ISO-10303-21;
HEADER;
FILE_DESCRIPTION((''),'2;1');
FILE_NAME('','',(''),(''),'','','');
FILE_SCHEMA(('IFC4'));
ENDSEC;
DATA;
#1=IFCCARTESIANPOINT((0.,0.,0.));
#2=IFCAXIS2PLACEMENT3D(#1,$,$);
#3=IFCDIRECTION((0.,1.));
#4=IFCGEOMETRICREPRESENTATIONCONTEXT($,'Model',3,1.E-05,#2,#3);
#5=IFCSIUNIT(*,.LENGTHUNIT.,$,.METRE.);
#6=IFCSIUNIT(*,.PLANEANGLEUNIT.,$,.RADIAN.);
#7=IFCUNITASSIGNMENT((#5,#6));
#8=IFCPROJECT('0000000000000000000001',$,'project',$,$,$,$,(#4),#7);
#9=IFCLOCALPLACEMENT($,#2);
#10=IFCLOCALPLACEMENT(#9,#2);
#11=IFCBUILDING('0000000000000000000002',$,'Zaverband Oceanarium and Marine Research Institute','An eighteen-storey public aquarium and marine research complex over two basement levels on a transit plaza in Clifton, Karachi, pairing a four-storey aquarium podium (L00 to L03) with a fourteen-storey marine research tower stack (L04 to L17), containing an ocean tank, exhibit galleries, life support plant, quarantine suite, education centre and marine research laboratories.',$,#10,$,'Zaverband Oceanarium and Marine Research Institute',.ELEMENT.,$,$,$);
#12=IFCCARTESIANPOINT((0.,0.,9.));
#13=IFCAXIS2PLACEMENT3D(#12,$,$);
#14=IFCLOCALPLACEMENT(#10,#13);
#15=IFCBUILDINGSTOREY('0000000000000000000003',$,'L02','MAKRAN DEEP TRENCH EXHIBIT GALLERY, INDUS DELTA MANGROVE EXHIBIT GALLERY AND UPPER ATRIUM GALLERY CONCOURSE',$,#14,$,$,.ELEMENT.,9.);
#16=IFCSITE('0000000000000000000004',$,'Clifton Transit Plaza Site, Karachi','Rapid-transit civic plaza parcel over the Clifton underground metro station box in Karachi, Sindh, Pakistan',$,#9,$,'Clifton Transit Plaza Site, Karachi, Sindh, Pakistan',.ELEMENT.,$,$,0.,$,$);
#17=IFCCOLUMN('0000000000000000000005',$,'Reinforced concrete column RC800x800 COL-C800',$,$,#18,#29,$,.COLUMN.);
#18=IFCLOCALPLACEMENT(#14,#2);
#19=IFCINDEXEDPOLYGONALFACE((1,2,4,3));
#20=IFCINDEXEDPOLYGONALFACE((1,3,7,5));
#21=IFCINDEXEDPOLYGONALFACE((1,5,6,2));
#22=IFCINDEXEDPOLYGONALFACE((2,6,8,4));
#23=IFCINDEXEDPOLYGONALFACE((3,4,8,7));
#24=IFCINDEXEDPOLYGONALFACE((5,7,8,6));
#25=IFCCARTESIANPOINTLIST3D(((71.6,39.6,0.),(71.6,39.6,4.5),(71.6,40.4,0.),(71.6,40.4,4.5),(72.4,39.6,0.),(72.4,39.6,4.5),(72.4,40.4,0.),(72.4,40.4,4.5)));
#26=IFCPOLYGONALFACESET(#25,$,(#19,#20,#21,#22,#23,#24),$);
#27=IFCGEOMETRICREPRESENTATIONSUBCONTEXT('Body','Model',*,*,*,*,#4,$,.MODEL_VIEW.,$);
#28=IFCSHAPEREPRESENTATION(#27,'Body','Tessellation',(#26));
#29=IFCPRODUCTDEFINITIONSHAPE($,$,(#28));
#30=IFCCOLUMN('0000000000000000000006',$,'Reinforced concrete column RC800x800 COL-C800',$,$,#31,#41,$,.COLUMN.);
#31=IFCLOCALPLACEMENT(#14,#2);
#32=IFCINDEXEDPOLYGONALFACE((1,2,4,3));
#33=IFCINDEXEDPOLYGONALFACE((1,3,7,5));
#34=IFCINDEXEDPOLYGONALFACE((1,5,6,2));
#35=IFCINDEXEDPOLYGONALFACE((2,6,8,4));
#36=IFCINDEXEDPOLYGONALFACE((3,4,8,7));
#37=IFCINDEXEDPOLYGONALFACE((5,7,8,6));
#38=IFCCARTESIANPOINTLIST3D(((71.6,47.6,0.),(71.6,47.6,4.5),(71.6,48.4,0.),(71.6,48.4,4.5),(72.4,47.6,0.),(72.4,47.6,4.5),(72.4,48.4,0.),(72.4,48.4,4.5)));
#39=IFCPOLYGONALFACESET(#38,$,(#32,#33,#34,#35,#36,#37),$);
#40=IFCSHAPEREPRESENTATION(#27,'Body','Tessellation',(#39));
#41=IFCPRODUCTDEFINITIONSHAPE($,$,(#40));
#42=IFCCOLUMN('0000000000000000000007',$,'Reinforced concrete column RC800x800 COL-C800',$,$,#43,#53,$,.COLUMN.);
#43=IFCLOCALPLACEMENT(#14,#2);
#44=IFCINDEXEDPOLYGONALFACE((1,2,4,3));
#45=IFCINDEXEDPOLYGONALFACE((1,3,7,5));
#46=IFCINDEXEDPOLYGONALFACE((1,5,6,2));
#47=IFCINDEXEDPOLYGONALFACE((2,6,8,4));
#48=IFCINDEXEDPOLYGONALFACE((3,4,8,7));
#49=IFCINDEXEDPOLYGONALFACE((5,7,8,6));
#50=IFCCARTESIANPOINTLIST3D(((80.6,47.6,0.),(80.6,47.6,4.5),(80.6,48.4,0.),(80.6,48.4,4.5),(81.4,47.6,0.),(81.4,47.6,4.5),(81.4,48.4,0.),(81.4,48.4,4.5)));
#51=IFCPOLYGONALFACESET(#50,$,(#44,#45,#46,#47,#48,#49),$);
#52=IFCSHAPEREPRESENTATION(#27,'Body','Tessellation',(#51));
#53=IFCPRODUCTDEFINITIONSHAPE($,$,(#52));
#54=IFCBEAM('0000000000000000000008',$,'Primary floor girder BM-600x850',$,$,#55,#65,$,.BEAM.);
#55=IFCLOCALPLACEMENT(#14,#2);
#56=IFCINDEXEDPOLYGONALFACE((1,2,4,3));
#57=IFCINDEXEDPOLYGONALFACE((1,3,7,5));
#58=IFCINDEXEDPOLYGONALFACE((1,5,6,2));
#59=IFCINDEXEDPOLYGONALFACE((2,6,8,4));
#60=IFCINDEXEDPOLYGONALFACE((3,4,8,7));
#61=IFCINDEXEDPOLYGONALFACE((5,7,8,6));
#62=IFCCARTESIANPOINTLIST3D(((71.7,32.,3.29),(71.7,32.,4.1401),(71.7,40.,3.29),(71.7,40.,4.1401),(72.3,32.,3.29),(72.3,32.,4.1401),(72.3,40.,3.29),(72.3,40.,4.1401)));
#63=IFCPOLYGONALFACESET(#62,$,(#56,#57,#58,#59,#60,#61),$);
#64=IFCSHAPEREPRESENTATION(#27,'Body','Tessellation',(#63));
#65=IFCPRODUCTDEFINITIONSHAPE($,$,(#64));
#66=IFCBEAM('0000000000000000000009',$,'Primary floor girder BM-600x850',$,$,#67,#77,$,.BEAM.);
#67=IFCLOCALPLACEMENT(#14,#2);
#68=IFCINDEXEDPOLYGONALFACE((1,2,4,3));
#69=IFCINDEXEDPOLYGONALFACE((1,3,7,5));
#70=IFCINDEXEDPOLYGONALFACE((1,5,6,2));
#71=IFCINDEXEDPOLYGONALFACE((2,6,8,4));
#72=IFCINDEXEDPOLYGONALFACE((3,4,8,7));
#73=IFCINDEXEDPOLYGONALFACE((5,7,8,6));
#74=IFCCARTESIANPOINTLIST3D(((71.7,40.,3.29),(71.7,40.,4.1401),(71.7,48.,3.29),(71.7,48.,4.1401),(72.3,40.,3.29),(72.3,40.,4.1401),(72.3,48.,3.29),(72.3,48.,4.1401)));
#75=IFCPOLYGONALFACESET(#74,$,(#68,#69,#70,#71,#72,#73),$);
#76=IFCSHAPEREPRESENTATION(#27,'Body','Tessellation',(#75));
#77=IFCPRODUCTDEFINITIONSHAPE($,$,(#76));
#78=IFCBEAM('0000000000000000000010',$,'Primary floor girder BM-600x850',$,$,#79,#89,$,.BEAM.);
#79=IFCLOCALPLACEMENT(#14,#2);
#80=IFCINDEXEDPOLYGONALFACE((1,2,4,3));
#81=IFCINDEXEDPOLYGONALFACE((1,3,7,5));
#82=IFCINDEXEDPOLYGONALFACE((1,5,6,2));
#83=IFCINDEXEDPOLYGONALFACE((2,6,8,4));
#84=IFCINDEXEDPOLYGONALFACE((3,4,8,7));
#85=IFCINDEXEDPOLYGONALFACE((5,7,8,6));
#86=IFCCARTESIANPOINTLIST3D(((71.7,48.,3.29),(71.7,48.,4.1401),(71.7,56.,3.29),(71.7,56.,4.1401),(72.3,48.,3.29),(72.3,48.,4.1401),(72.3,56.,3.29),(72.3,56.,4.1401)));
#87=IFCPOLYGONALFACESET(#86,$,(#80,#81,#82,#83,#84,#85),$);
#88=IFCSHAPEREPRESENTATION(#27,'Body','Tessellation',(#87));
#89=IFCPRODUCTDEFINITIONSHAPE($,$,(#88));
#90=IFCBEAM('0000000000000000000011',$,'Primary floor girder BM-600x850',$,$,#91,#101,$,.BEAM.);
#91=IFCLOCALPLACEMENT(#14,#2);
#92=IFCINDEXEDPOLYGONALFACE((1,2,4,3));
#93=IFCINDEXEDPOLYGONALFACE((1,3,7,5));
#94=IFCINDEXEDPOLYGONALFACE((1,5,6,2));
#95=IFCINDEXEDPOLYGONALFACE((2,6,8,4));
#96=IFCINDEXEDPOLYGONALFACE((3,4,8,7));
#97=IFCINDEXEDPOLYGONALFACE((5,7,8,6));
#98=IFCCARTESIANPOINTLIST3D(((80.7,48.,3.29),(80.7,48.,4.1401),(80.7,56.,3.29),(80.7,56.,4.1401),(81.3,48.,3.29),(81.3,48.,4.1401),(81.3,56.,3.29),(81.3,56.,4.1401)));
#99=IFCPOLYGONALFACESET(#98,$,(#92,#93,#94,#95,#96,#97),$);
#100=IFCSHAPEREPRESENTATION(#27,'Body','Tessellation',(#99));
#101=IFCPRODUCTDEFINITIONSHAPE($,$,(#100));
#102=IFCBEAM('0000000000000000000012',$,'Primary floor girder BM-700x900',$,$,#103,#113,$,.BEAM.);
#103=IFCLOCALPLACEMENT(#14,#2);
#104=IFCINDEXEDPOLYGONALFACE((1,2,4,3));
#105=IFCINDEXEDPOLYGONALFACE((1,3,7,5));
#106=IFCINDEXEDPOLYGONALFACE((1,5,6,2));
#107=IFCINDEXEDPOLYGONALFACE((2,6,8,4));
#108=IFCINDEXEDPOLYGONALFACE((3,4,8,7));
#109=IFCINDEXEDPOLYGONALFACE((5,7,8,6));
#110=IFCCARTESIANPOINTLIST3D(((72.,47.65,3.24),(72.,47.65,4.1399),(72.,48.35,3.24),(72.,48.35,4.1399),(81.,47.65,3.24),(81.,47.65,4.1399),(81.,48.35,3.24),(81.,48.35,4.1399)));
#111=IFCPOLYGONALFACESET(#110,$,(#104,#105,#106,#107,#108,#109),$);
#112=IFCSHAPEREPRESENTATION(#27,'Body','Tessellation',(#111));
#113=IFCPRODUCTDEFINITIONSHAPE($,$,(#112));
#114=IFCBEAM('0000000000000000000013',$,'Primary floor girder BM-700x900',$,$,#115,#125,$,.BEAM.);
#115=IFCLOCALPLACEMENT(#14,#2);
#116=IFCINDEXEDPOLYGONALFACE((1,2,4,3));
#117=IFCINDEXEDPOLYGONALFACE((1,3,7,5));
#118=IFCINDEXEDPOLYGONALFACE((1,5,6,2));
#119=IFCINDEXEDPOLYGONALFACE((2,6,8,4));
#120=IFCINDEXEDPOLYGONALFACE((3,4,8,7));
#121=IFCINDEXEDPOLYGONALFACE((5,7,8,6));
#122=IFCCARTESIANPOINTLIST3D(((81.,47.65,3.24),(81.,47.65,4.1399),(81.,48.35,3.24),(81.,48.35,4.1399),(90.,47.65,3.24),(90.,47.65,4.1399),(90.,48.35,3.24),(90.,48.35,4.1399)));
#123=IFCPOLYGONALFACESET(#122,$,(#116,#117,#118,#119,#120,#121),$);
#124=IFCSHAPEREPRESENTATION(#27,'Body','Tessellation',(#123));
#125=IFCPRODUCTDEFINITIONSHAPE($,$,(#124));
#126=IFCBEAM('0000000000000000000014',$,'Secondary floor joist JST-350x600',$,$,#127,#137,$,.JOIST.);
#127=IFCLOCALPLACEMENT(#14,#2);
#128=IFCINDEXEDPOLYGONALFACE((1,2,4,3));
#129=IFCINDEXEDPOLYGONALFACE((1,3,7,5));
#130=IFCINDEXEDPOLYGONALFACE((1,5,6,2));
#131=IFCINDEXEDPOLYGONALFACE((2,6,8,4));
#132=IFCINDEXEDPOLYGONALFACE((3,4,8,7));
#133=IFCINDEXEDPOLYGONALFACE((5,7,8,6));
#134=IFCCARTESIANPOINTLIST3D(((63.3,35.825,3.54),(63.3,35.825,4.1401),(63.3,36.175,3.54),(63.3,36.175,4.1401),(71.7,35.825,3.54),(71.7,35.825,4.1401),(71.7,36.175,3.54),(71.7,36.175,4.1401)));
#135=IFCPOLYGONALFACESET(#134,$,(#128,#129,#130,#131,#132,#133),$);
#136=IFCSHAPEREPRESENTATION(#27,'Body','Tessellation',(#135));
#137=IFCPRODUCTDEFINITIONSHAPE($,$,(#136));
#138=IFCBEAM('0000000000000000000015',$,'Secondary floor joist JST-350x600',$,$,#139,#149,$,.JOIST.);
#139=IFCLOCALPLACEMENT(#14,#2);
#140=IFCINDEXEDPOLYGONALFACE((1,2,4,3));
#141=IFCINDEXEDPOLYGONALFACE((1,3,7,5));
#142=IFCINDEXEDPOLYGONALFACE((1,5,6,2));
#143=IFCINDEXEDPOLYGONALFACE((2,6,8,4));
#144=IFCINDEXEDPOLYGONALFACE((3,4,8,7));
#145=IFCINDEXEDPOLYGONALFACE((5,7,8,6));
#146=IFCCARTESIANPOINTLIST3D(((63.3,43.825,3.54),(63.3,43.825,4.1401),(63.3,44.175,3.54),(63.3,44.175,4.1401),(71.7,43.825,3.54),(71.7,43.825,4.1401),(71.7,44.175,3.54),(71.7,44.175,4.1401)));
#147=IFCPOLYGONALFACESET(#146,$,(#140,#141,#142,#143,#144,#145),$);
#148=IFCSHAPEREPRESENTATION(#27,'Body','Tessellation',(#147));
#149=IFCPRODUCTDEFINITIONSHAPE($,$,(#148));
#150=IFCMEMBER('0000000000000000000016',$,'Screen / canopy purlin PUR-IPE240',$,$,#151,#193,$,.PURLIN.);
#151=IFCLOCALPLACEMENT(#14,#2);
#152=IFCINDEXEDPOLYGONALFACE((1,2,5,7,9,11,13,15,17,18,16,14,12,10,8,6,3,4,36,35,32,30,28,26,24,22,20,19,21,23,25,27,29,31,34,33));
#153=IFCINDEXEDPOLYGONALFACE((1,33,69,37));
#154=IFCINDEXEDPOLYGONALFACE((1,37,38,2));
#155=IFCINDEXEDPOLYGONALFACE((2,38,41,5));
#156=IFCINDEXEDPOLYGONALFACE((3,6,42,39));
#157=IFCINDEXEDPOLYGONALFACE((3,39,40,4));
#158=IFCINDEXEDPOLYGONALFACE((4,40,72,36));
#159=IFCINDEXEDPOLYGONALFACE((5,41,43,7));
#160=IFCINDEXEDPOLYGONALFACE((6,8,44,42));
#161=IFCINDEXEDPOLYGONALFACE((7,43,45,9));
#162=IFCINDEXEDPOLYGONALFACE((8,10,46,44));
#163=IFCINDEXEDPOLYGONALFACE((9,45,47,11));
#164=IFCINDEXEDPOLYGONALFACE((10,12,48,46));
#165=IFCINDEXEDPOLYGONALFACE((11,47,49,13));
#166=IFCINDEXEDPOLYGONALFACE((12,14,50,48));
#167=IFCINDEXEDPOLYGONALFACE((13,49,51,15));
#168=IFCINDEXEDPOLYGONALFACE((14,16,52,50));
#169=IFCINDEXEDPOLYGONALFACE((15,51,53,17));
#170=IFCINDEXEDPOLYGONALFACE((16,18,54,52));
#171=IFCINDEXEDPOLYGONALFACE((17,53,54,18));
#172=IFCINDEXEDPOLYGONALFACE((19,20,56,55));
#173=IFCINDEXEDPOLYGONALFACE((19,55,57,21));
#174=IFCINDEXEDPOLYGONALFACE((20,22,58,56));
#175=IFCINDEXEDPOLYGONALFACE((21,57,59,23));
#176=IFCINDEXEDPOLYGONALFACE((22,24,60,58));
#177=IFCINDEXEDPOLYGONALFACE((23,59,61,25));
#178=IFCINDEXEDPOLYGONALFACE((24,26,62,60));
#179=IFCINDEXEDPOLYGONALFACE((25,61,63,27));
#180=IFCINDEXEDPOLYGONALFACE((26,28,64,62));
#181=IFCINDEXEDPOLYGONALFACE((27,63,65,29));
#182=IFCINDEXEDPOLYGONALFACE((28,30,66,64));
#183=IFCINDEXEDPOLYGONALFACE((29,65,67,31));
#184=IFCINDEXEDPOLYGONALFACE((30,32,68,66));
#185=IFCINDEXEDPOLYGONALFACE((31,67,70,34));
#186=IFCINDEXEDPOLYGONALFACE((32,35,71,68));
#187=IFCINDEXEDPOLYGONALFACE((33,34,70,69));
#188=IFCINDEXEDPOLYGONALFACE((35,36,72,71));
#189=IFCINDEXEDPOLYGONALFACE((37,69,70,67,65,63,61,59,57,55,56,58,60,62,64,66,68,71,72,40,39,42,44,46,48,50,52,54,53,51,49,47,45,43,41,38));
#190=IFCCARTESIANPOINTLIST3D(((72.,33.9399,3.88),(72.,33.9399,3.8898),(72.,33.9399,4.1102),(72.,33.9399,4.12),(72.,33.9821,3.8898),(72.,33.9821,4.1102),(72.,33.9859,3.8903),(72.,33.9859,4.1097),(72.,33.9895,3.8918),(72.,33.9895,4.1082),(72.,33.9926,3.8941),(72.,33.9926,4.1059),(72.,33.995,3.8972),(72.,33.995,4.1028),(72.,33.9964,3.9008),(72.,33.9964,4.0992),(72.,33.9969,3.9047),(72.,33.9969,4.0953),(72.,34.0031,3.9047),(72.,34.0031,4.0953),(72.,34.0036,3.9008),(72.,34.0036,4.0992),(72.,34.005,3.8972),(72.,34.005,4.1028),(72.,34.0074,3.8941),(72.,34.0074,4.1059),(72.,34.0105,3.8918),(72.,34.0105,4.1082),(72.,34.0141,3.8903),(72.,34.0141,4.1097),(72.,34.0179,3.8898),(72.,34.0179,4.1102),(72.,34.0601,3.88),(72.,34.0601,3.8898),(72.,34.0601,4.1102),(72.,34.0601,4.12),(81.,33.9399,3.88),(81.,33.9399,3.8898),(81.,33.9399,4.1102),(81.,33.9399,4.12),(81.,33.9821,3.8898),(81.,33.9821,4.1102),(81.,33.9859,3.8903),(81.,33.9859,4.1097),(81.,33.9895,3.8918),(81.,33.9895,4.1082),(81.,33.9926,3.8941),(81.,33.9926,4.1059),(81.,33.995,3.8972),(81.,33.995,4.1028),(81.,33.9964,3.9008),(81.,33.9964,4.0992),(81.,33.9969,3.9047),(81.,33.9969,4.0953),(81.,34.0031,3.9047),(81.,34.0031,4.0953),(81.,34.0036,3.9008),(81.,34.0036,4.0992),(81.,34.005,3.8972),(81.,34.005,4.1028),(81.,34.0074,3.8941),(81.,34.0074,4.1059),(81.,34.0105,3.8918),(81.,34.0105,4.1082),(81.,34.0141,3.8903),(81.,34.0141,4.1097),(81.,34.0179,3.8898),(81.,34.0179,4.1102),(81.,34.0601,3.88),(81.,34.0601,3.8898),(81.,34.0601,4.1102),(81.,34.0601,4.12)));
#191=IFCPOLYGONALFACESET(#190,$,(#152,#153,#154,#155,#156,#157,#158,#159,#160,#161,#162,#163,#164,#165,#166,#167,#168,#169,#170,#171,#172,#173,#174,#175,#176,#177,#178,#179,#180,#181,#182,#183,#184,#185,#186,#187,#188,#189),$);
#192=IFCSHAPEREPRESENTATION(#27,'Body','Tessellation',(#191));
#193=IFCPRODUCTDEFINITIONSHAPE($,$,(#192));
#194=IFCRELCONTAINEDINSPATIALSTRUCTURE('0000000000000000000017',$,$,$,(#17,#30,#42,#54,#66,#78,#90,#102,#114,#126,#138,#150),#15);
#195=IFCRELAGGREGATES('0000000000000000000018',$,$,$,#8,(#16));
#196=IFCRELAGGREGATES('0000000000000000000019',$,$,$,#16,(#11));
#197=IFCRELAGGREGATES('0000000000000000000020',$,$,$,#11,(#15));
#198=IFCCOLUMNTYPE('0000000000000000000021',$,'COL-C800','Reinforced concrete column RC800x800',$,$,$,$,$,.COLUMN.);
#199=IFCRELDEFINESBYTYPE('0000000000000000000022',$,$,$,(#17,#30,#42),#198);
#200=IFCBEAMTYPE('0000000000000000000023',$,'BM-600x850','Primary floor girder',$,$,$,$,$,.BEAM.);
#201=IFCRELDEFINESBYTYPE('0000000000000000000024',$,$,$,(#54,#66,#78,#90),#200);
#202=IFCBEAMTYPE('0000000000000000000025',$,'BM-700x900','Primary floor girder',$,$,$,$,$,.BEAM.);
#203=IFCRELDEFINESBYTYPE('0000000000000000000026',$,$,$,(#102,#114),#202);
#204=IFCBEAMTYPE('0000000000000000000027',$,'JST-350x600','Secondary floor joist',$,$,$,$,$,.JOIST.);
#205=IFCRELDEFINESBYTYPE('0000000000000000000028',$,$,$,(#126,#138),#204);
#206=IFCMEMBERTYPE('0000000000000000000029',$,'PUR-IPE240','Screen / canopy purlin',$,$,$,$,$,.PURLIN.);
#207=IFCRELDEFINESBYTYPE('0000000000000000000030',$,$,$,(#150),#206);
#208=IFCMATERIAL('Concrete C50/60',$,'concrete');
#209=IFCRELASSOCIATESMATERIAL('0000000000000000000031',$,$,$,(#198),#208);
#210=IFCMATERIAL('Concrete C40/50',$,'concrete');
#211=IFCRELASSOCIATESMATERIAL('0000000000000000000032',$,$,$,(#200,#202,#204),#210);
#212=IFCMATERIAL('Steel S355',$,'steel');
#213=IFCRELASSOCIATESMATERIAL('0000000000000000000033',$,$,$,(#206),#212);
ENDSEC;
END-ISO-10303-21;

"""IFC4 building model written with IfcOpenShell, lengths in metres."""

from ifc_helpers import new_model, si_unit, direction, frame, origin, origin_2d, place, context, subcontext, project, spatial, rectangle, i_section, extrude, material, material_profile, profile_set, type_object, element, save


model = new_model("IFC4")

# Units and contexts
model_context = context("Model", 3, precision=1e-05, world=origin(), true_north=direction((0.0, 1.0)))
body_context = subcontext(model_context, "Body", "Model", "MODEL_VIEW")
ifc_project = project(units=[si_unit("LENGTHUNIT", "METRE"), si_unit("PLANEANGLEUNIT", "RADIAN")], contexts=[model_context])

# Site, building, storey
site_placement = place(None, origin())
site = spatial("IfcSite", under=ifc_project, at=site_placement, Name="Clifton Transit Plaza Site, Karachi", Description="Rapid-transit civic plaza parcel over the Clifton underground metro station box in Karachi, Sindh, Pakistan", LongName="Clifton Transit Plaza Site, Karachi, Sindh, Pakistan", CompositionType="ELEMENT", RefElevation=0.0)
building_placement = place(site_placement, origin())
building = spatial("IfcBuilding", under=site, at=building_placement, Name="Zaverband Oceanarium and Marine Research Institute", Description="An eighteen-storey public aquarium and marine research complex over two basement levels on a transit plaza in Clifton, Karachi, pairing a four-storey aquarium podium (L00 to L03) with a fourteen-storey marine research tower stack (L04 to L17), containing an ocean tank, exhibit galleries, life support plant, quarantine suite, education centre and marine research laboratories.", LongName="Zaverband Oceanarium and Marine Research Institute", CompositionType="ELEMENT")
storey_placement = place(building_placement, frame((0.0, 0.0, 9.0)))
storey = spatial("IfcBuildingStorey", under=building, at=storey_placement, Name="L02", Description="MAKRAN DEEP TRENCH EXHIBIT GALLERY, INDUS DELTA MANGROVE EXHIBIT GALLERY AND UPPER ATRIUM GALLERY CONCOURSE", CompositionType="ELEMENT", Elevation=9.0)

# Columns
ifc_material_1 = material(Name="Concrete C50/60", Category="concrete")
ifc_material_profile_1 = material_profile(ifc_material_1, rectangle(XDim=0.8, YDim=0.8, at=origin_2d()), Name="RC800x800")
ifc_profile_set_1 = profile_set([ifc_material_profile_1], Name="Concrete C50/60")
column_type = type_object("IfcColumnType", Name="COL-C800", Description="Reinforced concrete column RC800x800", PredefinedType="COLUMN", material=ifc_profile_set_1)
for number, where, z_axis, x_axis, name in (
    (1, (72.0, 40.0, 0.0), (0.0, 0.0, 1.0), (1.0, 0.0, 0.0), "Reinforced concrete column RC800x800 COL-C800"),
    (2, (72.0, 48.0, 0.0), (0.0, 0.0, 1.0), (1.0, 0.0, 0.0), "Reinforced concrete column RC800x800 COL-C800"),
    (3, (81.0, 48.0, 0.0), (0.0, 0.0, 1.0), (1.0, 0.0, 0.0), "Reinforced concrete column RC800x800 COL-C800"),
):
    element("IfcColumn", number, at=place(storey_placement, frame(where, z_axis=z_axis, x_axis=x_axis)), inside=storey, type_object=column_type, Name=name, PredefinedType="COLUMN", context=body_context, shape_type="SweptSolid", body=[
        extrude(rectangle(XDim=0.8, YDim=0.8, at=origin_2d()), origin(), (0.0, 0.0, 1.0), 4.5),
    ])

# Beams
ifc_material_2 = material(Name="Concrete C40/50", Category="concrete")
ifc_material_profile_2 = material_profile(ifc_material_2, rectangle(XDim=0.6001, YDim=0.8501, at=origin_2d()), Name="RC600x850")
ifc_profile_set_2 = profile_set([ifc_material_profile_2], Name="Concrete C40/50")
beam_type_1 = type_object("IfcBeamType", Name="BM-600x850", Description="Primary floor girder", PredefinedType="BEAM", material=ifc_profile_set_2)
for number, where, z_axis, x_axis, name in (
    (4, (72.0, 32.0, 3.7151), (0.0, 1.0, 0.0), (-1.0, 0.0, 0.0), "Primary floor girder BM-600x850"),
    (5, (72.0, 40.0, 3.7151), (0.0, 1.0, 0.0), (-1.0, 0.0, 0.0), "Primary floor girder BM-600x850"),
    (6, (72.0, 48.0, 3.7151), (0.0, 1.0, 0.0), (-1.0, 0.0, 0.0), "Primary floor girder BM-600x850"),
    (7, (81.0, 48.0, 3.7151), (0.0, 1.0, 0.0), (-1.0, 0.0, 0.0), "Primary floor girder BM-600x850"),
):
    element("IfcBeam", number, at=place(storey_placement, frame(where, z_axis=z_axis, x_axis=x_axis)), inside=storey, type_object=beam_type_1, Name=name, PredefinedType="BEAM", context=body_context, shape_type="SweptSolid", body=[
        extrude(rectangle(XDim=0.6001, YDim=0.8501, at=origin_2d()), origin(), (0.0, 0.0, 1.0), 8.0),
    ])
ifc_material_profile_3 = material_profile(ifc_material_2, rectangle(XDim=0.7, YDim=0.8999, at=origin_2d()), Name="RC700x900")
ifc_profile_set_3 = profile_set([ifc_material_profile_3], Name="Concrete C40/50")
beam_type_2 = type_object("IfcBeamType", Name="BM-700x900", Description="Primary floor girder", PredefinedType="BEAM", material=ifc_profile_set_3)
for number, where, z_axis, x_axis, name in (
    (8, (72.0, 48.0, 3.6899), (1.0, 0.0, 0.0), (0.0, 1.0, 0.0), "Primary floor girder BM-700x900"),
    (9, (81.0, 48.0, 3.6899), (1.0, 0.0, 0.0), (0.0, 1.0, 0.0), "Primary floor girder BM-700x900"),
):
    element("IfcBeam", number, at=place(storey_placement, frame(where, z_axis=z_axis, x_axis=x_axis)), inside=storey, type_object=beam_type_2, Name=name, PredefinedType="BEAM", context=body_context, shape_type="SweptSolid", body=[
        extrude(rectangle(XDim=0.7, YDim=0.8999, at=origin_2d()), origin(), (0.0, 0.0, 1.0), 9.0),
    ])
ifc_material_profile_4 = material_profile(ifc_material_2, rectangle(XDim=0.3501, YDim=0.6001, at=origin_2d()), Name="RC350x600")
ifc_profile_set_4 = profile_set([ifc_material_profile_4], Name="Concrete C40/50")
beam_type_3 = type_object("IfcBeamType", Name="JST-350x600", Description="Secondary floor joist", PredefinedType="JOIST", material=ifc_profile_set_4)
for number, where, z_axis, x_axis, name in (
    (10, (63.3, 36.0, 3.8401), (1.0, 0.0, 0.0), (0.0, 1.0, 0.0), "Secondary floor joist JST-350x600"),
    (11, (63.3, 44.0, 3.8401), (1.0, 0.0, 0.0), (0.0, 1.0, 0.0), "Secondary floor joist JST-350x600"),
):
    element("IfcBeam", number, at=place(storey_placement, frame(where, z_axis=z_axis, x_axis=x_axis)), inside=storey, type_object=beam_type_3, Name=name, PredefinedType="JOIST", context=body_context, shape_type="SweptSolid", body=[
        extrude(rectangle(XDim=0.3501, YDim=0.6001, at=origin_2d()), origin(), (0.0, 0.0, 1.0), 8.3999),
    ])

# Member
ifc_material_3 = material(Name="Steel S355", Category="steel")
ifc_material_profile_5 = material_profile(ifc_material_3, i_section(OverallWidth=0.1201, OverallDepth=0.24, WebThickness=0.0061, FlangeThickness=0.0098, FilletRadius=0.0149, at=origin_2d()), Name="IPE240")
ifc_profile_set_5 = profile_set([ifc_material_profile_5], Name="Steel S355")
member_type_1 = type_object("IfcMemberType", Name="PUR-IPE240", Description="Screen / canopy purlin", PredefinedType="PURLIN", material=ifc_profile_set_5)
for number, where, z_axis, x_axis, name in (
    (12, (72.0, 34.0, 4.0), (1.0, 0.0, 0.0), (0.0, 1.0, 0.0), "Screen / canopy purlin PUR-IPE240"),
):
    element("IfcMember", number, at=place(storey_placement, frame(where, z_axis=z_axis, x_axis=x_axis)), inside=storey, type_object=member_type_1, Name=name, PredefinedType="PURLIN", context=body_context, shape_type="SweptSolid", body=[
        extrude(i_section(OverallWidth=0.1201, OverallDepth=0.24, WebThickness=0.0061, FlangeThickness=0.0098, FilletRadius=0.0149, at=origin_2d()), origin(), (0.0, 0.0, 1.0), 9.0),
    ])

save(model, "model.ifc")
